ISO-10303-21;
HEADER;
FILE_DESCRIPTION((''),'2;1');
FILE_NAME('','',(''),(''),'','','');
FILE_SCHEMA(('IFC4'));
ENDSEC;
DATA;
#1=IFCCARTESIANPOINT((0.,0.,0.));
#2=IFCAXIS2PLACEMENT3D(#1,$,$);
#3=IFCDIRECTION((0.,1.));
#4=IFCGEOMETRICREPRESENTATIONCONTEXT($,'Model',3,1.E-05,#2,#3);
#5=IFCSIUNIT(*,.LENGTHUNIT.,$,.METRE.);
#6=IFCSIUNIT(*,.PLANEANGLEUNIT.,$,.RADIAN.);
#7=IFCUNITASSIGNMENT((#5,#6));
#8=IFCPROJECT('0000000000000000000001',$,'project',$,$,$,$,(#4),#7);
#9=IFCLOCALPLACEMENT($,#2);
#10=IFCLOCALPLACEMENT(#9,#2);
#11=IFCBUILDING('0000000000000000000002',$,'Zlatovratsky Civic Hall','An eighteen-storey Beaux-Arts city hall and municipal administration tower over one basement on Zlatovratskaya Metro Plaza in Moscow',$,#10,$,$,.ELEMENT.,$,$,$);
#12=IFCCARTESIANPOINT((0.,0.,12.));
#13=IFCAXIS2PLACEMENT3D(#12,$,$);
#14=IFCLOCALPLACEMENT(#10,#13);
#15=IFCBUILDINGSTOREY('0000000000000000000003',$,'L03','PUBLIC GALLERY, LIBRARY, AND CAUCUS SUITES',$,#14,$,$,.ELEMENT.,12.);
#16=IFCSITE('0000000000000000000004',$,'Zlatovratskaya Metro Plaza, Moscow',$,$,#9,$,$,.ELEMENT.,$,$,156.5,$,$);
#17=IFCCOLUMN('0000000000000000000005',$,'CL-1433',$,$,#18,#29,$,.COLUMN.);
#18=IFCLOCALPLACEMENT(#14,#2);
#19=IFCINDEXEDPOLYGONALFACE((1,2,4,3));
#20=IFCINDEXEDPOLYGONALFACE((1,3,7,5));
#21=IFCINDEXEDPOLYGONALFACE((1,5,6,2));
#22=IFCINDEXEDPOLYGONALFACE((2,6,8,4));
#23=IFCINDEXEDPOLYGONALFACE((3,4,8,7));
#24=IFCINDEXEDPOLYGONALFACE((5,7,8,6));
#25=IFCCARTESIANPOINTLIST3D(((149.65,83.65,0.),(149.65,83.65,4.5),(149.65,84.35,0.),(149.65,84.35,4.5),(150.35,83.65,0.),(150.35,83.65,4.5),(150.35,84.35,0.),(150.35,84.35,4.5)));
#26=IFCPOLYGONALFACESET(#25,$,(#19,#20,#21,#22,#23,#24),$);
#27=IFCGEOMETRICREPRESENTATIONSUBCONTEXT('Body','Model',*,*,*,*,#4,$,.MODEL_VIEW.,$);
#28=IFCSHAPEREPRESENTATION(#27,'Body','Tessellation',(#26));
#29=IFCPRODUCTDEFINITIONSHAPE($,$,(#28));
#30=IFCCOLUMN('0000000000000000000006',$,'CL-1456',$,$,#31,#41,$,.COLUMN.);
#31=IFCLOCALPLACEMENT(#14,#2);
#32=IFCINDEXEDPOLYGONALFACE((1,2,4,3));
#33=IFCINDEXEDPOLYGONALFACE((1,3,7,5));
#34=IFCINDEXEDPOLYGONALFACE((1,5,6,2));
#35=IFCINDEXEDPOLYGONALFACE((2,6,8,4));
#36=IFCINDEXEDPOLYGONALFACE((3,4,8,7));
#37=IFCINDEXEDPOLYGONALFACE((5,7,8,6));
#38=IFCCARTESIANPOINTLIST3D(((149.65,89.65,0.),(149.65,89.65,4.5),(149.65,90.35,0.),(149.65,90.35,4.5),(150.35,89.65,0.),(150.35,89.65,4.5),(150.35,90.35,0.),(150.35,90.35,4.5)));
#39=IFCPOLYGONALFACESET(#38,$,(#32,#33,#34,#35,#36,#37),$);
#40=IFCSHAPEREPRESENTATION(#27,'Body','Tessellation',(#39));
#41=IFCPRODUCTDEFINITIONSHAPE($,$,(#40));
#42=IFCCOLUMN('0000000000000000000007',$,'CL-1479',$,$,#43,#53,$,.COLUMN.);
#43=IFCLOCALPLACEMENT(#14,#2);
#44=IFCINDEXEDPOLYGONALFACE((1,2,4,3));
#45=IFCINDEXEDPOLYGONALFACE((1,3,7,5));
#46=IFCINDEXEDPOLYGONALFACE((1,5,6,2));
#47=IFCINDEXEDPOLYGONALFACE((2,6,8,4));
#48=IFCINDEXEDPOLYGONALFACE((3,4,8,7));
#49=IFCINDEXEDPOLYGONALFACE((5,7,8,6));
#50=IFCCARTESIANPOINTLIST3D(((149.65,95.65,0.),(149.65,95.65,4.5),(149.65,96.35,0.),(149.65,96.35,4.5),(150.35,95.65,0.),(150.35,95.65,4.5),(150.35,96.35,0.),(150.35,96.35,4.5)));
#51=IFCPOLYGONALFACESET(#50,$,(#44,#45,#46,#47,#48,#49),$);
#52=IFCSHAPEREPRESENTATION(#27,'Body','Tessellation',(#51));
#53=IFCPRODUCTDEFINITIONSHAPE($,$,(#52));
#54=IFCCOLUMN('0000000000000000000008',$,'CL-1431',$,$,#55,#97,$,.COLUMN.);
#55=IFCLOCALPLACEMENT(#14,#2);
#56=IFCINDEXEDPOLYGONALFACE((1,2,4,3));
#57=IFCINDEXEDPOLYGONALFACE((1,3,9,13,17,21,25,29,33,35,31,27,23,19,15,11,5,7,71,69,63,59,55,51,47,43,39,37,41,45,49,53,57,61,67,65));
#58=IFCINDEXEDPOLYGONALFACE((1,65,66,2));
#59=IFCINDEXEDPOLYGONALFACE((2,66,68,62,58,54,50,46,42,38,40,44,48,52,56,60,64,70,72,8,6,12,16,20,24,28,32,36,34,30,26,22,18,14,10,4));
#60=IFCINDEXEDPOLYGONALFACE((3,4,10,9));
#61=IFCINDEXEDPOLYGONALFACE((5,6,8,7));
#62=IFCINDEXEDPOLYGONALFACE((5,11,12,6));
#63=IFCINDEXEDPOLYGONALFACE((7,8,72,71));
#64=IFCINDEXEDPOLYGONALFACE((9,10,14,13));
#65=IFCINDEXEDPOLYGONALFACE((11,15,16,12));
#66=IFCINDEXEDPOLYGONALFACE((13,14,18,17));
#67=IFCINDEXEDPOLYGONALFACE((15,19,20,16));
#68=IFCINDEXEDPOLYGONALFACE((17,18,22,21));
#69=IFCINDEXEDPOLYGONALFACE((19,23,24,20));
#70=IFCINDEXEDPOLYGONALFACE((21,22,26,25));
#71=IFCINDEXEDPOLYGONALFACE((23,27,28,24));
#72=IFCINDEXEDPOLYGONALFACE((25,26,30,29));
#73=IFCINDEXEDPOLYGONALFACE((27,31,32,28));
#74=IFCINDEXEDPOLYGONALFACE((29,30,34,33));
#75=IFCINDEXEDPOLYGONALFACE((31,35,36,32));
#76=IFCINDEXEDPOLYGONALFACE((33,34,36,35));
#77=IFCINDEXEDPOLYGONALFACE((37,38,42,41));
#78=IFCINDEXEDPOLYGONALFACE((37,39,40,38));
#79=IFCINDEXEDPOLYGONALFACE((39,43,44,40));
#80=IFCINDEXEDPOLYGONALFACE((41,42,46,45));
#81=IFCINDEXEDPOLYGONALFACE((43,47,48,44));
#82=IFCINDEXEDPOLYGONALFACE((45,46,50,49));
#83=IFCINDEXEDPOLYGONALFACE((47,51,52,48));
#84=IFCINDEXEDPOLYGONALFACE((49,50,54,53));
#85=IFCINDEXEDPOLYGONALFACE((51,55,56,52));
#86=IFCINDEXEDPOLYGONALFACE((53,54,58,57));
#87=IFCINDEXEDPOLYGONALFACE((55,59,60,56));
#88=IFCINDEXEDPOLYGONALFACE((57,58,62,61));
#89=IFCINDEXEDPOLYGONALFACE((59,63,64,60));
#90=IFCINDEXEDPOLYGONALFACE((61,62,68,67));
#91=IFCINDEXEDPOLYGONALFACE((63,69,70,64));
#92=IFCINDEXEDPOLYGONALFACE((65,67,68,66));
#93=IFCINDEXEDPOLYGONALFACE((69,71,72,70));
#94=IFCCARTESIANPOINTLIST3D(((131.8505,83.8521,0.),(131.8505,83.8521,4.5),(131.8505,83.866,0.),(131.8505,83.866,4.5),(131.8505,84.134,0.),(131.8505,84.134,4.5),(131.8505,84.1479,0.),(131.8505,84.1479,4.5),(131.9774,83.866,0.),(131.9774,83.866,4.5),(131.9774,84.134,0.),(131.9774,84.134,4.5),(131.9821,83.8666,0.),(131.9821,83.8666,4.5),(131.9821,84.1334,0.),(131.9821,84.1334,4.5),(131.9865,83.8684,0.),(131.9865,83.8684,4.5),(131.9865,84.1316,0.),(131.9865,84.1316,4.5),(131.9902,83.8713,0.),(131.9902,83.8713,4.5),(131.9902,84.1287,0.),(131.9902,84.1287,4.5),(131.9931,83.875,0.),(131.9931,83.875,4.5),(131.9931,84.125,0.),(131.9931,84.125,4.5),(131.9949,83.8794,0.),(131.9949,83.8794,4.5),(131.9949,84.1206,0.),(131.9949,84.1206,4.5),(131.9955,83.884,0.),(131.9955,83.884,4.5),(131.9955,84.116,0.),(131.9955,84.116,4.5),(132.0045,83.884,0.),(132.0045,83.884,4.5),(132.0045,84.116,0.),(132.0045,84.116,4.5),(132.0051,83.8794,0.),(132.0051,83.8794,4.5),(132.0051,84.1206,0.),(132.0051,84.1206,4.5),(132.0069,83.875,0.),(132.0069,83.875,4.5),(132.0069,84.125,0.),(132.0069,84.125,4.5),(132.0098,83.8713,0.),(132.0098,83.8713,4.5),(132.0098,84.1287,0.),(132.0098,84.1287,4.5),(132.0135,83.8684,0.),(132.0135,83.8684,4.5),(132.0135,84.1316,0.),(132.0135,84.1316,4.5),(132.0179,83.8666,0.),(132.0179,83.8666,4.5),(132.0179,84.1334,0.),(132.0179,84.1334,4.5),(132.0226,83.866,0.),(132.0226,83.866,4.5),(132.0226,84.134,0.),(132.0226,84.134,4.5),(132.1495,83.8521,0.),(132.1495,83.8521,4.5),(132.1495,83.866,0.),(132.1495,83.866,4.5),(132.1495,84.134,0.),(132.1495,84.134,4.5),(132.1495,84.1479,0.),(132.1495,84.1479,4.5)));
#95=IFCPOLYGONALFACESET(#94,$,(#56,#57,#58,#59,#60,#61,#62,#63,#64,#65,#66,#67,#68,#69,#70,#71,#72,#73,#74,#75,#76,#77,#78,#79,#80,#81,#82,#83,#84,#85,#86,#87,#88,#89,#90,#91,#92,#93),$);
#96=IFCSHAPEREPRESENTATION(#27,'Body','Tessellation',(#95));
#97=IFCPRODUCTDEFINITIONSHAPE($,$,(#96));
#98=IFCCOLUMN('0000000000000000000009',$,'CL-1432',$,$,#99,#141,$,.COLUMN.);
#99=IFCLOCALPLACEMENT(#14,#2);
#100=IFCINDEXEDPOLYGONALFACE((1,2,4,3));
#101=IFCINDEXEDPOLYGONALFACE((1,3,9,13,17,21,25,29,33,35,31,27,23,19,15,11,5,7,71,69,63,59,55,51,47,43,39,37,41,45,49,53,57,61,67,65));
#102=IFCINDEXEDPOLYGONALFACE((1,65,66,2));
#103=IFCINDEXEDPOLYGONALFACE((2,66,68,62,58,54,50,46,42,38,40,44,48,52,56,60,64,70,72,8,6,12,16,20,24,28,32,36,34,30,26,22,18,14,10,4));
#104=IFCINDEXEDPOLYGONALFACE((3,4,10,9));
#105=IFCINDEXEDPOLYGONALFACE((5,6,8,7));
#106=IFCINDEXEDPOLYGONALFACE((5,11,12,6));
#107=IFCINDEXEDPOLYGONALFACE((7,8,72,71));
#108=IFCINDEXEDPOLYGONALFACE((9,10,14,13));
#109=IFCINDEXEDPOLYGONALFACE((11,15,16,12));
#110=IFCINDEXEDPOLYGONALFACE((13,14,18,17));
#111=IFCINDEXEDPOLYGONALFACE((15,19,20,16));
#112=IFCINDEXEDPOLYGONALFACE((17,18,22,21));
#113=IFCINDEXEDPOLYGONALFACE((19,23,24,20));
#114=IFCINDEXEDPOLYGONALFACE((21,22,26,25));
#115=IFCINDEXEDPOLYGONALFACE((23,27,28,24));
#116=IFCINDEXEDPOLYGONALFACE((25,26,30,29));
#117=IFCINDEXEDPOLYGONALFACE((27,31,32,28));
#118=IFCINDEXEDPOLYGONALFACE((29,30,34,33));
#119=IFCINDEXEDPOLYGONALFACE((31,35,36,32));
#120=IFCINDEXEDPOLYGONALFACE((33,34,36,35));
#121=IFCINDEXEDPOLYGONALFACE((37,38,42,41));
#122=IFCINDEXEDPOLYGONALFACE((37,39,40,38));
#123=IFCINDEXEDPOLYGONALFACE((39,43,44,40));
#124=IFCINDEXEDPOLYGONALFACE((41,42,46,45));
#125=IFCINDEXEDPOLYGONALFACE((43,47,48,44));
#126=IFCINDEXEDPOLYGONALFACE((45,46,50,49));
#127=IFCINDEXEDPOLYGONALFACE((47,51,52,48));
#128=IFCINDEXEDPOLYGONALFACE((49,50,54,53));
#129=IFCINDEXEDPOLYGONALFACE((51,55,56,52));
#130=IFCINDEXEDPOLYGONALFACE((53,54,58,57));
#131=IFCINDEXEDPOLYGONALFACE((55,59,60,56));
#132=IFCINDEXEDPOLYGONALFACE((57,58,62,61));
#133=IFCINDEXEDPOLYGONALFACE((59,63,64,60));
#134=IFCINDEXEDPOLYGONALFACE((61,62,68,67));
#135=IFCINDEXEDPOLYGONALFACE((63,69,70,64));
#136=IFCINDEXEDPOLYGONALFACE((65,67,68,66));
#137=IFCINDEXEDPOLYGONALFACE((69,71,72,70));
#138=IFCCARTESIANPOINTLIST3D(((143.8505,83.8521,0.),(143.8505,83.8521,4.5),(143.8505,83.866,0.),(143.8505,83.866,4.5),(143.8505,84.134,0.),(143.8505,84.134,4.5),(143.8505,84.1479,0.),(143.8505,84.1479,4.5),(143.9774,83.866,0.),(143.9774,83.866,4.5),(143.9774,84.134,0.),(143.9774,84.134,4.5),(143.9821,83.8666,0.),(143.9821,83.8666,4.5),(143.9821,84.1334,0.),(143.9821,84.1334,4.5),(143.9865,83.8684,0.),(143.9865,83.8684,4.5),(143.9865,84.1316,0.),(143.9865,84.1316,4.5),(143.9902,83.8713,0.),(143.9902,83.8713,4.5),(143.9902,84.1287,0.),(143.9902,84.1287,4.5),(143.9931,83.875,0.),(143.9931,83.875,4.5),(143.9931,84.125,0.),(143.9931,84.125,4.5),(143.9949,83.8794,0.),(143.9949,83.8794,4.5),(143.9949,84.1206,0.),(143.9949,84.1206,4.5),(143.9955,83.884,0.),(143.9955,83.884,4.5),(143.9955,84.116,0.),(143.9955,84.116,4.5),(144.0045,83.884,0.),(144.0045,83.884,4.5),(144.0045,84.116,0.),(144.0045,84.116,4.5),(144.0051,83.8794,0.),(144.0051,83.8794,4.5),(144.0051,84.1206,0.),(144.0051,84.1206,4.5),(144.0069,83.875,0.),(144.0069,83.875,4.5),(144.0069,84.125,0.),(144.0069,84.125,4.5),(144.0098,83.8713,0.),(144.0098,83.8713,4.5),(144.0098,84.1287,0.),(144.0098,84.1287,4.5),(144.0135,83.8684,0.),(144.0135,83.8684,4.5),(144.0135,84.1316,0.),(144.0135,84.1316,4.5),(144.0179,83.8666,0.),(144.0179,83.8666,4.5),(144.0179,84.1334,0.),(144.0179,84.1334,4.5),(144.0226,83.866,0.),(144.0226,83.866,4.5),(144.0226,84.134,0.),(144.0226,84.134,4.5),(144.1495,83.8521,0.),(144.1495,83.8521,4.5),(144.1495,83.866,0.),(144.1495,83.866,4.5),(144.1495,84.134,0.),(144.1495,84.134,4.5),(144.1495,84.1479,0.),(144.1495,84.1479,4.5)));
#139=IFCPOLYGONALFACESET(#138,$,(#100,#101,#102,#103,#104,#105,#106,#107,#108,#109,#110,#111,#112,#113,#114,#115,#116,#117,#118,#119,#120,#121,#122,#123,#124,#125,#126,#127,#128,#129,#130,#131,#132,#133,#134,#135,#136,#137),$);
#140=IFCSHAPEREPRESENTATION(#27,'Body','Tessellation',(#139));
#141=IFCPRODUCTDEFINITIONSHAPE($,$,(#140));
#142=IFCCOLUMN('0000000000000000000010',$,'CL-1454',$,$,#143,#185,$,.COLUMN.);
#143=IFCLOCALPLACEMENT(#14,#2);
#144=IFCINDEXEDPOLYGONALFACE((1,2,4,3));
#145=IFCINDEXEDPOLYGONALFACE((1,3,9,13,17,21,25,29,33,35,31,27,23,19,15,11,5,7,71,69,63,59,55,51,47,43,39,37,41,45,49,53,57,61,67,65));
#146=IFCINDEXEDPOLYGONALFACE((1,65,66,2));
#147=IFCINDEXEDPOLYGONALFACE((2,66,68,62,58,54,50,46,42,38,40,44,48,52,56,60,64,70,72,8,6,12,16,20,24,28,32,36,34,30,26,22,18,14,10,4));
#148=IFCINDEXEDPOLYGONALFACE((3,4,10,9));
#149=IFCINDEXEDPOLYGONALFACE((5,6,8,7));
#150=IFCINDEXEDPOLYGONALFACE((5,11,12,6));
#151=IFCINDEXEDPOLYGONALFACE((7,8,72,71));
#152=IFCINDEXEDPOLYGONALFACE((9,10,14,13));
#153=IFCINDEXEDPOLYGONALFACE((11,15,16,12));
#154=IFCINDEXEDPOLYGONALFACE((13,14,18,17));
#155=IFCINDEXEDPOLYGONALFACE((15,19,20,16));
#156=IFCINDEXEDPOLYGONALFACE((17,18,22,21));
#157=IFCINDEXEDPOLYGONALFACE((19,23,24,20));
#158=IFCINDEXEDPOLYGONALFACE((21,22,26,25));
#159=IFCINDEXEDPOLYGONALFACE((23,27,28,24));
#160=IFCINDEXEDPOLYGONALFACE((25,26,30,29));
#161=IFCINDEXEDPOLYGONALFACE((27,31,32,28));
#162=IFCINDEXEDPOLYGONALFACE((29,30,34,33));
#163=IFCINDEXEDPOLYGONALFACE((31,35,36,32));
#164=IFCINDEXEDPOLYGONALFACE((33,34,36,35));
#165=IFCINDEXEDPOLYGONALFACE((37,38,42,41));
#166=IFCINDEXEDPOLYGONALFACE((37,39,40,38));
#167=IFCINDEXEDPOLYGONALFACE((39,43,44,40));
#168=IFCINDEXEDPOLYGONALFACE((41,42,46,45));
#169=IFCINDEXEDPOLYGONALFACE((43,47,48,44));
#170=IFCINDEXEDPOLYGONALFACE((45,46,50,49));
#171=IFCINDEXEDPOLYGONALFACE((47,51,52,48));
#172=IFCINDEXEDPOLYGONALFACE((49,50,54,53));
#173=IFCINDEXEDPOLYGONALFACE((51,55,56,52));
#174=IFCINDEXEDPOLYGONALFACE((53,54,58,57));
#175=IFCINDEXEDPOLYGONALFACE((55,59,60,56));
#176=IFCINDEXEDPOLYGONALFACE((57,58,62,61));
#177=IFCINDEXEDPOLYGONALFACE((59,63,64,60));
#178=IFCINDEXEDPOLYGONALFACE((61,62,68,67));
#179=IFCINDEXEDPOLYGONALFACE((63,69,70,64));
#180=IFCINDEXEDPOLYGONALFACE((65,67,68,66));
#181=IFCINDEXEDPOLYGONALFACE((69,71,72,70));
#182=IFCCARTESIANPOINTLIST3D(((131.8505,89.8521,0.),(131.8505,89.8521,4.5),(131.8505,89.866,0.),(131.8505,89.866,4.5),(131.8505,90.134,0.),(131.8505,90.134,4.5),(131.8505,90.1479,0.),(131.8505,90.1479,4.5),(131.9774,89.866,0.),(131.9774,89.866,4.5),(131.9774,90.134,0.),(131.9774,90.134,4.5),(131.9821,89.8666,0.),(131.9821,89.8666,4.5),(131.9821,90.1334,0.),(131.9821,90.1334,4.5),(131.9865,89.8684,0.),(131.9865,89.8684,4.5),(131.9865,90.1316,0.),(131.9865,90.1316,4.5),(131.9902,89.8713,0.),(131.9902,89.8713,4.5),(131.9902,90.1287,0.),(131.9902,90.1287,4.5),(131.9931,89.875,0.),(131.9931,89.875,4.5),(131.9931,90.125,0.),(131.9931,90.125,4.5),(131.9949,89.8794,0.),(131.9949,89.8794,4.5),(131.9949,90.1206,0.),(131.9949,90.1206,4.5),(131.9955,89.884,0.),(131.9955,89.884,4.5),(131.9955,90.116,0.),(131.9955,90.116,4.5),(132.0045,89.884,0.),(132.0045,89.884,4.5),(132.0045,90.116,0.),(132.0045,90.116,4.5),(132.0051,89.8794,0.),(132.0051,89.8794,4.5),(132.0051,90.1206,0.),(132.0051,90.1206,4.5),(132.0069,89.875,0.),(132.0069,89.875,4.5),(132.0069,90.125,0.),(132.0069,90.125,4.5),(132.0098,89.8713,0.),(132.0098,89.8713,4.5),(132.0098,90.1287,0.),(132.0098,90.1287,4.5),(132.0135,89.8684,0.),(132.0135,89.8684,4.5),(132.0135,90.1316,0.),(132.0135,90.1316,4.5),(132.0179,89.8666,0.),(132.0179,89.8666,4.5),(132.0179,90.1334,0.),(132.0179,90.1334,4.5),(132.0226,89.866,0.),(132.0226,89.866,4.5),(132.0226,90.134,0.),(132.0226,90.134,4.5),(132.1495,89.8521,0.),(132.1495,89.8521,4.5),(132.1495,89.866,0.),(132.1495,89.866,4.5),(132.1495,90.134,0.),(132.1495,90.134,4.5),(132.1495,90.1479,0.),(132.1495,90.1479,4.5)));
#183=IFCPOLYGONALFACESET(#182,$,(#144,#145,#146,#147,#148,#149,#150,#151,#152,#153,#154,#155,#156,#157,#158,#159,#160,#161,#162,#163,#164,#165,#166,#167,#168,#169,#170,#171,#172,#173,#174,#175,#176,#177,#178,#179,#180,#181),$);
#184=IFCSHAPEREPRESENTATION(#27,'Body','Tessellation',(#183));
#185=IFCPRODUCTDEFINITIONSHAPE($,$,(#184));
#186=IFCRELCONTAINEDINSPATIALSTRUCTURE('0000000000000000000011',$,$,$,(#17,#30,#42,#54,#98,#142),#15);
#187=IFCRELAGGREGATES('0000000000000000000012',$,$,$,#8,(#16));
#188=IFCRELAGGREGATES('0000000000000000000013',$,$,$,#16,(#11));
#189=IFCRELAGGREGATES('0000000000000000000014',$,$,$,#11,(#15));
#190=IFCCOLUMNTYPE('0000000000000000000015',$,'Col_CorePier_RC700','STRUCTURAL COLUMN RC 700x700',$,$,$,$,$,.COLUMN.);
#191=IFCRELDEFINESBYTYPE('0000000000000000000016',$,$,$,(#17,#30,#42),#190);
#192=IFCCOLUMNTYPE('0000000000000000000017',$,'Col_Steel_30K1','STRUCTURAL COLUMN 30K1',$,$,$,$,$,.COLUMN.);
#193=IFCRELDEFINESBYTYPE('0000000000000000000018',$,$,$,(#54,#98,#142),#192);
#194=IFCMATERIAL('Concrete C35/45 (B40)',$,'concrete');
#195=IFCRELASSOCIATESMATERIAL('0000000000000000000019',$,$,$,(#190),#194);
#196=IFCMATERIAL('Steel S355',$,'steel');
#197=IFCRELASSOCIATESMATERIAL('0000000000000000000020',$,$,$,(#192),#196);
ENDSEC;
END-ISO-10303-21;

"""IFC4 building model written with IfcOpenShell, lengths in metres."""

from ifc_helpers import new_model, si_unit, direction, frame, origin, origin_2d, place, context, subcontext, project, spatial, rectangle, i_section, extrude, material, material_profile, profile_set, type_object, element, save


model = new_model("IFC4")

# Units and contexts
model_context = context("Model", 3, precision=1e-05, world=origin(), true_north=direction((0.0, 1.0)))
body_context = subcontext(model_context, "Body", "Model", "MODEL_VIEW")
ifc_project = project(units=[si_unit("LENGTHUNIT", "METRE"), si_unit("PLANEANGLEUNIT", "RADIAN")], contexts=[model_context])

# Site, building, storey
site_placement = place(None, origin())
site = spatial("IfcSite", under=ifc_project, at=site_placement, Name="Zlatovratskaya Metro Plaza, Moscow", CompositionType="ELEMENT", RefElevation=156.5)
building_placement = place(site_placement, origin())
building = spatial("IfcBuilding", under=site, at=building_placement, Name="Zlatovratsky Civic Hall", Description="An eighteen-storey Beaux-Arts city hall and municipal administration tower over one basement on Zlatovratskaya Metro Plaza in Moscow", CompositionType="ELEMENT")
storey_placement = place(building_placement, frame((0.0, 0.0, 12.0)))
storey = spatial("IfcBuildingStorey", under=building, at=storey_placement, Name="L03", Description="PUBLIC GALLERY, LIBRARY, AND CAUCUS SUITES", CompositionType="ELEMENT", Elevation=12.0)

# Columns
ifc_material_1 = material(Name="Concrete C35/45 (B40)", Category="concrete")
ifc_material_profile_1 = material_profile(ifc_material_1, rectangle(XDim=0.7, YDim=0.7, at=origin_2d()), Name="RC 700x700")
ifc_profile_set_1 = profile_set([ifc_material_profile_1], Name="Concrete C35/45 (B40)")
column_type_1 = type_object("IfcColumnType", Name="Col_CorePier_RC700", Description="STRUCTURAL COLUMN RC 700x700", PredefinedType="COLUMN", material=ifc_profile_set_1)
for number, where, z_axis, x_axis, name in (
    (1, (150.0, 84.0, 0.0), (0.0, 0.0, 1.0), (1.0, 0.0, 0.0), "CL-1433"),
    (2, (150.0, 90.0, 0.0), (0.0, 0.0, 1.0), (1.0, 0.0, 0.0), "CL-1456"),
    (3, (150.0, 96.0, 0.0), (0.0, 0.0, 1.0), (1.0, 0.0, 0.0), "CL-1479"),
):
    element("IfcColumn", number, at=place(storey_placement, frame(where, z_axis=z_axis, x_axis=x_axis)), inside=storey, type_object=column_type_1, Name=name, PredefinedType="COLUMN", context=body_context, shape_type="SweptSolid", body=[
        extrude(rectangle(XDim=0.7, YDim=0.7, at=origin_2d()), origin(), (0.0, 0.0, 1.0), 4.5),
    ])
ifc_material_2 = material(Name="Steel S355", Category="steel")
ifc_material_profile_2 = material_profile(ifc_material_2, i_section(OverallWidth=0.2991, OverallDepth=0.2959, WebThickness=0.009, FlangeThickness=0.0139, FilletRadius=0.0181, at=origin_2d()), Name="30K1")
ifc_profile_set_2 = profile_set([ifc_material_profile_2], Name="Steel S355")
column_type_2 = type_object("IfcColumnType", Name="Col_Steel_30K1", Description="STRUCTURAL COLUMN 30K1", PredefinedType="COLUMN", material=ifc_profile_set_2)
for number, where, z_axis, x_axis, name in (
    (4, (132.0, 84.0, 0.0), (0.0, 0.0, 1.0), (1.0, 0.0, 0.0), "CL-1431"),
    (5, (144.0, 84.0, 0.0), (0.0, 0.0, 1.0), (1.0, 0.0, 0.0), "CL-1432"),
    (6, (132.0, 90.0, 0.0), (0.0, 0.0, 1.0), (1.0, 0.0, 0.0), "CL-1454"),
):
    element("IfcColumn", number, at=place(storey_placement, frame(where, z_axis=z_axis, x_axis=x_axis)), inside=storey, type_object=column_type_2, Name=name, PredefinedType="COLUMN", context=body_context, shape_type="SweptSolid", body=[
        extrude(i_section(OverallWidth=0.2991, OverallDepth=0.2959, WebThickness=0.009, FlangeThickness=0.0139, FilletRadius=0.0181, at=origin_2d()), origin(), (0.0, 0.0, 1.0), 4.5),
    ])

save(model, "model.ifc")
